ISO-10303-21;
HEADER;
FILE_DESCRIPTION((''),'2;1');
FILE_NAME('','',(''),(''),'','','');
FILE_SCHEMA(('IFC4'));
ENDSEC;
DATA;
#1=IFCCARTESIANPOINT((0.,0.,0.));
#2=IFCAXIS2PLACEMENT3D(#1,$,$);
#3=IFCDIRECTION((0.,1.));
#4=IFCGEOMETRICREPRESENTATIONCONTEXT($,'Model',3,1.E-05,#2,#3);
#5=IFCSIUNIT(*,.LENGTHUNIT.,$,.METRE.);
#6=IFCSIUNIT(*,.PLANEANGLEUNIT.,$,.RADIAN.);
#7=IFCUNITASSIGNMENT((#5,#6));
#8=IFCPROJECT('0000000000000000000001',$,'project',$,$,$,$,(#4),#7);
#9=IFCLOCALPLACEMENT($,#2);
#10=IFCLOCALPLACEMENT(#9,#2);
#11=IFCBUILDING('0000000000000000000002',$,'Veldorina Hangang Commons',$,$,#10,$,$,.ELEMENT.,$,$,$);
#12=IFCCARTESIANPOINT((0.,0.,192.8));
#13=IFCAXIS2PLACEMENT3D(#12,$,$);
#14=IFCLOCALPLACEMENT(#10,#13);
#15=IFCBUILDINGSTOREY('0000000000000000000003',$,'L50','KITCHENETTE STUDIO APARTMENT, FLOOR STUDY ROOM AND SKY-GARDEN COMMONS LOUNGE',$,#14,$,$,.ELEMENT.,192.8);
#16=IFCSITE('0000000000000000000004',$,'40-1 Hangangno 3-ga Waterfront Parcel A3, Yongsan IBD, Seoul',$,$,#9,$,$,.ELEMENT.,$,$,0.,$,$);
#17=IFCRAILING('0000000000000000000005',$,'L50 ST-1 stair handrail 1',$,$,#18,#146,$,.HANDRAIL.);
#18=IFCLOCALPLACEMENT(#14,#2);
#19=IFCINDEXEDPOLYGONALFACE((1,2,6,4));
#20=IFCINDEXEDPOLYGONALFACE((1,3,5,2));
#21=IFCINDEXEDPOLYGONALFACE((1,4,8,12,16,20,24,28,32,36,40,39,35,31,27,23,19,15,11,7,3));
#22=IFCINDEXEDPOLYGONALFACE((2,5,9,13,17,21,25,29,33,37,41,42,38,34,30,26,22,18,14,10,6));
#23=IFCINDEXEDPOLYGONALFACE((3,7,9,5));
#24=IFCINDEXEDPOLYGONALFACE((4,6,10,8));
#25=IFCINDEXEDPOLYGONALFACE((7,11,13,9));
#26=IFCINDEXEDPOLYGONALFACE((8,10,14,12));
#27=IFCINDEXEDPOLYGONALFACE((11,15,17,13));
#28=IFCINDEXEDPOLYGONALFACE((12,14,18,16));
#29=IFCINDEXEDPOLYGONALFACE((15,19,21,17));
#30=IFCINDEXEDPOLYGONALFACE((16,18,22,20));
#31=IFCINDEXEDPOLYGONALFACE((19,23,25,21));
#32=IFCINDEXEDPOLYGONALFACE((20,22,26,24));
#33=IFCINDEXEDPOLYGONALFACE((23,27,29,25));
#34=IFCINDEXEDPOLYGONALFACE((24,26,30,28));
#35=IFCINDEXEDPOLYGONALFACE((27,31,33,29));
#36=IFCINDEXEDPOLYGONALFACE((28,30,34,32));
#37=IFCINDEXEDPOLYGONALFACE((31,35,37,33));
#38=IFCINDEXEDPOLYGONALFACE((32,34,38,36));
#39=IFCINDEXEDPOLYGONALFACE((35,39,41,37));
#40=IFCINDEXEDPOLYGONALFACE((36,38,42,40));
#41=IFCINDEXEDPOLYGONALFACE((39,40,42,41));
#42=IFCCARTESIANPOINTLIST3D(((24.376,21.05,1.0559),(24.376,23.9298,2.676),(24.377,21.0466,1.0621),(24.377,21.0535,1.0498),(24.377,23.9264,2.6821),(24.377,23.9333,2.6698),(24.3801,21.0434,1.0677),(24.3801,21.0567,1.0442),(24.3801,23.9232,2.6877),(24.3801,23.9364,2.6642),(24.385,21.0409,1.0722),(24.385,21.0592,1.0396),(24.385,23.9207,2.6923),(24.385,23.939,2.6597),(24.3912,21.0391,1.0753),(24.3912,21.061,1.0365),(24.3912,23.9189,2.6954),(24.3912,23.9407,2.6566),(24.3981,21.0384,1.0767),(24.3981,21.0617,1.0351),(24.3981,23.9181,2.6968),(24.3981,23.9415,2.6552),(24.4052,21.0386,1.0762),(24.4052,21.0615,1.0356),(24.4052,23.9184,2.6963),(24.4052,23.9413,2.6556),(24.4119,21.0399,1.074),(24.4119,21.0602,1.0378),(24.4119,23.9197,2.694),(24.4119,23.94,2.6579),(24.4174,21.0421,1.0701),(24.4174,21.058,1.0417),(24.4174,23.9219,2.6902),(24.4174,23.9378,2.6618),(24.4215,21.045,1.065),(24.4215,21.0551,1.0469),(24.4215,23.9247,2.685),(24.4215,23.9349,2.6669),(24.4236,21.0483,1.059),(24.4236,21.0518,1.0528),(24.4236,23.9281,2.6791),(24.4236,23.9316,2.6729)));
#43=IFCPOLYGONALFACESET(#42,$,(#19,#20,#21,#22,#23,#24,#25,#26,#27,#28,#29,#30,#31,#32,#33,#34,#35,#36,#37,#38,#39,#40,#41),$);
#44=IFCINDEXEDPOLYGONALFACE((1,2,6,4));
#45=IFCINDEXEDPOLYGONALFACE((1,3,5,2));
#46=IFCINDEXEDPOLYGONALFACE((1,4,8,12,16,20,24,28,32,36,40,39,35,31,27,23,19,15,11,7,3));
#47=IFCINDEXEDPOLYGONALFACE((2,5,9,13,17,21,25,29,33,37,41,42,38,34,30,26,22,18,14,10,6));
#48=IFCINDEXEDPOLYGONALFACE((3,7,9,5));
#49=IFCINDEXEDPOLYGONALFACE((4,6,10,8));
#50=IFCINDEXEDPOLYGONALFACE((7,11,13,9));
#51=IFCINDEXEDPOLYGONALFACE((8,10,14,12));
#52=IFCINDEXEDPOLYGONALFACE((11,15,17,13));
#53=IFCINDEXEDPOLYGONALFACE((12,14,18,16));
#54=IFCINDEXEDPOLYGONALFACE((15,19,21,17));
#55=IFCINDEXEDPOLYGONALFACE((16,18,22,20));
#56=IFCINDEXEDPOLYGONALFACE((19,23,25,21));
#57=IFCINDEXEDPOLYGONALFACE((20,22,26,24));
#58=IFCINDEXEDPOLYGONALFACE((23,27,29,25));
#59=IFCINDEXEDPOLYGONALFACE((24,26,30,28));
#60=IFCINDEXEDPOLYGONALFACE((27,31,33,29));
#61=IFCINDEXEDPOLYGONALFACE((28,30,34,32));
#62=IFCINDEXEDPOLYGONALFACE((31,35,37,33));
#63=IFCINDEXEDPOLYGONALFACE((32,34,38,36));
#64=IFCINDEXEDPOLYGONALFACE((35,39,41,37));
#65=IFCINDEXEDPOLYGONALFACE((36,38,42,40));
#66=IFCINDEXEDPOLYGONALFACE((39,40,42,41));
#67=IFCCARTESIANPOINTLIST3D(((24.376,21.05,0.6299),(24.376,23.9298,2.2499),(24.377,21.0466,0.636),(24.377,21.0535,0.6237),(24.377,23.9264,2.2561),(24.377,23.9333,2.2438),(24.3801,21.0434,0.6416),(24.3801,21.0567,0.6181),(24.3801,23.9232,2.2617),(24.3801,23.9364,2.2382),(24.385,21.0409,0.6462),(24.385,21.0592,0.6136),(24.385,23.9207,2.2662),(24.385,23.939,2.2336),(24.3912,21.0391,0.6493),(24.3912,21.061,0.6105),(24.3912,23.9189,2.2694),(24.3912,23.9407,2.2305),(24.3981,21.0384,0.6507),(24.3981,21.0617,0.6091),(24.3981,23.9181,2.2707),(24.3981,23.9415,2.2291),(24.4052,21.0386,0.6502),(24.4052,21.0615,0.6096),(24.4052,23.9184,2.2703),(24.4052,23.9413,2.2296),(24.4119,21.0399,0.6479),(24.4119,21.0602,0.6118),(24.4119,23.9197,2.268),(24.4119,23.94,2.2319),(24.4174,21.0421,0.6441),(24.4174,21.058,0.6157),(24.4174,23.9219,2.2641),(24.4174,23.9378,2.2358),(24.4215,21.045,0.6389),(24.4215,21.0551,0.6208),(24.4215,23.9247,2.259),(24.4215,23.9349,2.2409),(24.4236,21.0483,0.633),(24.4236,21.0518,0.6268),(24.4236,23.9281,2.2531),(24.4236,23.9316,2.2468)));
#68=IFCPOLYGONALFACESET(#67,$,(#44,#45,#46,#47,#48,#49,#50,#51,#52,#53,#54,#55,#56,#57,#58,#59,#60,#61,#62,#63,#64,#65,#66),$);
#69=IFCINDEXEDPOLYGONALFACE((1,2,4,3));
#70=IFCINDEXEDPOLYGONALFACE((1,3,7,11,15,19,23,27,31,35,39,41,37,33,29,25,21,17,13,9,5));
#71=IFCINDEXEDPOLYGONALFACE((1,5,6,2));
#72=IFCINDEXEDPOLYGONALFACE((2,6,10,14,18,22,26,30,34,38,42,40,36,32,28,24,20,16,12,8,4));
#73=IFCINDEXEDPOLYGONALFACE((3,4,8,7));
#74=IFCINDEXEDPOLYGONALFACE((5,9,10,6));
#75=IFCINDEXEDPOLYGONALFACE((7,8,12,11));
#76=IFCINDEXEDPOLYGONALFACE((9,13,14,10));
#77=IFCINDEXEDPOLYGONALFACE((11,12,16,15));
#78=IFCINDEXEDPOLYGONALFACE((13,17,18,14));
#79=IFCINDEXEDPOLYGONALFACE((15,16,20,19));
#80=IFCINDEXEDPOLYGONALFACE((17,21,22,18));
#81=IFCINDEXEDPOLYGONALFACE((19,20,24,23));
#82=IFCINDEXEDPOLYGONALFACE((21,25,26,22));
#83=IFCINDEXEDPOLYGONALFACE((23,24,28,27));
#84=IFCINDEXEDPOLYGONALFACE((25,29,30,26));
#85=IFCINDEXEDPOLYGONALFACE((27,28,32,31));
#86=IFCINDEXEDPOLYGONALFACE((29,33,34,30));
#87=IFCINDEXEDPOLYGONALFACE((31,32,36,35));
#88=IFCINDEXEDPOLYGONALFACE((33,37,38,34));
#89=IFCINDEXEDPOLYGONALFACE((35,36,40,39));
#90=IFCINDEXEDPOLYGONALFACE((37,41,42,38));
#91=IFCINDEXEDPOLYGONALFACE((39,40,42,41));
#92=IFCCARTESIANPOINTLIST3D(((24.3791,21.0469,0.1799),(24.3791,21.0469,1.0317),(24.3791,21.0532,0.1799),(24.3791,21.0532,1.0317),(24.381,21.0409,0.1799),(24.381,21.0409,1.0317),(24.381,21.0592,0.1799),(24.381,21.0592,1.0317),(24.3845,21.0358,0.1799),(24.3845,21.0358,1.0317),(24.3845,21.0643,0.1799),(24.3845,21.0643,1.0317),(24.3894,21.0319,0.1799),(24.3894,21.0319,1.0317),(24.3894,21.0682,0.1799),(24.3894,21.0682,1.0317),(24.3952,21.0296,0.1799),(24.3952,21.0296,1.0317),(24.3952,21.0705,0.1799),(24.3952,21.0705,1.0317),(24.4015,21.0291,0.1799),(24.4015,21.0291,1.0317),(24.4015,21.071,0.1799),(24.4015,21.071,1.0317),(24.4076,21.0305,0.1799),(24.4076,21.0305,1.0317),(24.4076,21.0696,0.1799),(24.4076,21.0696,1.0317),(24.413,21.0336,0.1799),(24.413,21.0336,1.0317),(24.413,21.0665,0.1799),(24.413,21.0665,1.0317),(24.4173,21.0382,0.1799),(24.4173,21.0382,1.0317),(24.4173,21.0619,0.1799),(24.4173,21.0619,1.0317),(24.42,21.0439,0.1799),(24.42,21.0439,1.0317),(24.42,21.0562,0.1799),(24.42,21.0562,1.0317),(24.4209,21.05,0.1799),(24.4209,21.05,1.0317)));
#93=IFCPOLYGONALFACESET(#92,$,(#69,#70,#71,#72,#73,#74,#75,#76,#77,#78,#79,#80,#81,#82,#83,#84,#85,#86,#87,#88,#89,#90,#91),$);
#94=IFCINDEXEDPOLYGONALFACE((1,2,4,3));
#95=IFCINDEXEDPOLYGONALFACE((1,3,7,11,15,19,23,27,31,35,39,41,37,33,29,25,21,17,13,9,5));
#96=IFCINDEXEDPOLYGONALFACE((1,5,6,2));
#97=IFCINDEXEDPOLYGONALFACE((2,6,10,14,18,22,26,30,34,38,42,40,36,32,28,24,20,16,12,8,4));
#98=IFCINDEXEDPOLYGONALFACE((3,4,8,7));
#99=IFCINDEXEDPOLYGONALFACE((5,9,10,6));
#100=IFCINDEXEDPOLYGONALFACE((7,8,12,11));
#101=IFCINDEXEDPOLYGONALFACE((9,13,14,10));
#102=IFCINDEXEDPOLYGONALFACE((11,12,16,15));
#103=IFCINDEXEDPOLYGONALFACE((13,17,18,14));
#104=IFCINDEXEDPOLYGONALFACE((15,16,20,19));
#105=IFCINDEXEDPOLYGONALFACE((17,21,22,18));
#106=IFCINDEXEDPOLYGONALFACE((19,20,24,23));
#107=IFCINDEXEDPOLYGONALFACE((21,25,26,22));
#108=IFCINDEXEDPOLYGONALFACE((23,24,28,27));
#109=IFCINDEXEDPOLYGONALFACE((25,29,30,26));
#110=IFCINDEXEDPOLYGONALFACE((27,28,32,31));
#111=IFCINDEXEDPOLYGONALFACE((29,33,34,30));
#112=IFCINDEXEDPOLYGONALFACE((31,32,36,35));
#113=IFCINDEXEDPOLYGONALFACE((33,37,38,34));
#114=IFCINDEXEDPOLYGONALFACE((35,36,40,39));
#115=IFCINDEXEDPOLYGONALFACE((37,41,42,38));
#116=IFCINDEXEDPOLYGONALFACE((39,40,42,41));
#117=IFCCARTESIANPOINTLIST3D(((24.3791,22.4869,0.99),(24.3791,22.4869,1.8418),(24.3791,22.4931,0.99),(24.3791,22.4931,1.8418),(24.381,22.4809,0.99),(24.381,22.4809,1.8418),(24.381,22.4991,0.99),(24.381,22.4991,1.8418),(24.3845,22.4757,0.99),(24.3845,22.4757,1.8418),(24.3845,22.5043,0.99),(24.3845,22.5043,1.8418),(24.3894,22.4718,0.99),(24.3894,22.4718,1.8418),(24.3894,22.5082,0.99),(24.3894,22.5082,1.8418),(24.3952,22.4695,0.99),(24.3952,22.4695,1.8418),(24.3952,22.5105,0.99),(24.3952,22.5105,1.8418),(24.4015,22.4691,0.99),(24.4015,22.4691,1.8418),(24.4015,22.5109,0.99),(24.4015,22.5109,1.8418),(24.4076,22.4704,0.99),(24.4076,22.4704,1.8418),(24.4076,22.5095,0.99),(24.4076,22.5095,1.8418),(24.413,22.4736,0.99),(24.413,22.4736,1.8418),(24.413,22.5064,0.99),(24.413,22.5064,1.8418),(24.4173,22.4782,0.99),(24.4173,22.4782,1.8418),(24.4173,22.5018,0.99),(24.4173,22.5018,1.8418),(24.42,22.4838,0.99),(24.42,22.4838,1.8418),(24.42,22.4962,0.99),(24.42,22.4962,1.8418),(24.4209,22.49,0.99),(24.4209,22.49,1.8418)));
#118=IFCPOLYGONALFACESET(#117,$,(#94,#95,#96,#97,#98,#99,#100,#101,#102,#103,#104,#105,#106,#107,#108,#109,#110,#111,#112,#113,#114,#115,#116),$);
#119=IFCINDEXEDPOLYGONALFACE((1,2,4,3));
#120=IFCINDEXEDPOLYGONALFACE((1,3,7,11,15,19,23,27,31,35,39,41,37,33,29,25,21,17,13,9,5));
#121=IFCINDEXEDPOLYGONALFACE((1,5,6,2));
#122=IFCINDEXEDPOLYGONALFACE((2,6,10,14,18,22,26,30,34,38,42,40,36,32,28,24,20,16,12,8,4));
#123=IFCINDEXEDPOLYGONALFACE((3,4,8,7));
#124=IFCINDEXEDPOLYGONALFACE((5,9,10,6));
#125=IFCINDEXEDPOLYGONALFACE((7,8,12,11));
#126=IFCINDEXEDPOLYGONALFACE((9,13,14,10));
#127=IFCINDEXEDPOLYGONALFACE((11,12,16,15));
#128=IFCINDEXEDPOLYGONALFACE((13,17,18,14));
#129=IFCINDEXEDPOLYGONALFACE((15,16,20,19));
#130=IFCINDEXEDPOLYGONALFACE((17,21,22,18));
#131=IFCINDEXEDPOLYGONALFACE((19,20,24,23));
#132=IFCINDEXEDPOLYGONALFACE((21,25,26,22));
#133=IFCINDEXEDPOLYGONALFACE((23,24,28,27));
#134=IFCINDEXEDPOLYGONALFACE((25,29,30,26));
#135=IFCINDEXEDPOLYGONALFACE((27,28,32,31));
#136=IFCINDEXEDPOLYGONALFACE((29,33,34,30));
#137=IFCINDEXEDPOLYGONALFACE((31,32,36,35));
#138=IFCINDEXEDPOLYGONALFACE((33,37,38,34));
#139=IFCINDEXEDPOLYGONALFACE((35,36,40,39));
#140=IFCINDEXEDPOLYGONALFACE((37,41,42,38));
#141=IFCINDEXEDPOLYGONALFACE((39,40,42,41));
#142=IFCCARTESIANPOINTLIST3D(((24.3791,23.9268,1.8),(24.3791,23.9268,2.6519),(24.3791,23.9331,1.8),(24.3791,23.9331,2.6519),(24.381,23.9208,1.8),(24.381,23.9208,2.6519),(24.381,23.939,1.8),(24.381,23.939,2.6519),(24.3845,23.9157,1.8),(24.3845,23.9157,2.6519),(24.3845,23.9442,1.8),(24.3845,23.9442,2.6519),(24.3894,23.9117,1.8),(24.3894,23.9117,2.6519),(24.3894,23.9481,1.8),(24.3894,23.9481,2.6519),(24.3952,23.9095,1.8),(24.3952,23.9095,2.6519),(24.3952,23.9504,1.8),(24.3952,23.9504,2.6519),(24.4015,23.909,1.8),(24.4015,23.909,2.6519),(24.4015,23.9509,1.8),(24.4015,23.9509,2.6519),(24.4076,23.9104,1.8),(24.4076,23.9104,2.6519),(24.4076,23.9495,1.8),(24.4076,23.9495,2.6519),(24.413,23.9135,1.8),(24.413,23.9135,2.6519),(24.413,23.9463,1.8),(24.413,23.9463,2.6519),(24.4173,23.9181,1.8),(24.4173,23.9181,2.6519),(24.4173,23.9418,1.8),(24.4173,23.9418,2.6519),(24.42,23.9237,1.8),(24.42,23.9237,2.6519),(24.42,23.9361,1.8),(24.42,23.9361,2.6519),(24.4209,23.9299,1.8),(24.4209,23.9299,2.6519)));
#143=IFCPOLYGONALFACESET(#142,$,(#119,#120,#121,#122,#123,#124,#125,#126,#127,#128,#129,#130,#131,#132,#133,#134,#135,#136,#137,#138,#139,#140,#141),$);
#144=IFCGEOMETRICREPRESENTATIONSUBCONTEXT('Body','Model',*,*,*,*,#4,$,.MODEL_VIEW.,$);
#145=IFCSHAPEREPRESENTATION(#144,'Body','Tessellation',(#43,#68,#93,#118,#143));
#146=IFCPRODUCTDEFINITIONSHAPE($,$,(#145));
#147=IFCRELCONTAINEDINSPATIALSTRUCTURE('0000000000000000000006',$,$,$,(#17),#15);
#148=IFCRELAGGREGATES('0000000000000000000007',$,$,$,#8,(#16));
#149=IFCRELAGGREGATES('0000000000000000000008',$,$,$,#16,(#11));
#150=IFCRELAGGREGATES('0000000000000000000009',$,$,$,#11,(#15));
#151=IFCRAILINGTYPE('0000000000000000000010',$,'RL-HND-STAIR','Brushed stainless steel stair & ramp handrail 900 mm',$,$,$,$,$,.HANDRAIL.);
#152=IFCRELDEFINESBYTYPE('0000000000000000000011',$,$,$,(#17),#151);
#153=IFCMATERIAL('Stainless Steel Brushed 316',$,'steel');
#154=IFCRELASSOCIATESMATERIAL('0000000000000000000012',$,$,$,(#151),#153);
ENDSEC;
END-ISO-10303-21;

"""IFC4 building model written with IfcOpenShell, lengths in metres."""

from ifc_helpers import new_model, si_unit, direction, frame, origin, origin_2d, place, context, subcontext, project, spatial, circle, extrude, material, type_object, element, save


model = new_model("IFC4")

# Units and contexts
model_context = context("Model", 3, precision=1e-05, world=origin(), true_north=direction((0.0, 1.0)))
body_context = subcontext(model_context, "Body", "Model", "MODEL_VIEW")
ifc_project = project(units=[si_unit("LENGTHUNIT", "METRE"), si_unit("PLANEANGLEUNIT", "RADIAN")], contexts=[model_context])

# Site, building, storey
site_placement = place(None, origin())
site = spatial("IfcSite", under=ifc_project, at=site_placement, Name="40-1 Hangangno 3-ga Waterfront Parcel A3, Yongsan IBD, Seoul", CompositionType="ELEMENT", RefElevation=0.0)
building_placement = place(site_placement, origin())
building = spatial("IfcBuilding", under=site, at=building_placement, Name="Veldorina Hangang Commons", CompositionType="ELEMENT")
storey_placement = place(building_placement, frame((0.0, 0.0, 192.8)))
storey = spatial("IfcBuildingStorey", under=building, at=storey_placement, Name="L50", Description="KITCHENETTE STUDIO APARTMENT, FLOOR STUDY ROOM AND SKY-GARDEN COMMONS LOUNGE", CompositionType="ELEMENT", Elevation=192.8)

# Railing
ifc_material_1 = material(Name="Stainless Steel Brushed 316", Category="steel")
railing_type_1 = type_object("IfcRailingType", Name="RL-HND-STAIR", Description="Brushed stainless steel stair & ramp handrail 900 mm", PredefinedType="HANDRAIL", material=ifc_material_1)
railing_1_placement = place(storey_placement, frame((24.3999, 21.05, 0.1799)))
element("IfcRailing", 1, at=railing_1_placement, inside=storey, type_object=railing_type_1, Name="L50 ST-1 stair handrail 1", PredefinedType="HANDRAIL", context=body_context, shape_type="SweptSolid", body=[
    extrude(circle(Radius=0.0239, at=origin_2d()), frame((0.0, 0.0, 0.876), z_axis=(0.0, 0.871552, 0.490303), x_axis=(-1.0, 0.0, 0.0)), (0.0, 0.0, 1.0), 3.3042),
    extrude(circle(Radius=0.0239, at=origin_2d()), frame((0.0, 0.0, 0.45), z_axis=(0.0, 0.871552, 0.490303), x_axis=(-1.0, 0.0, 0.0)), (0.0, 0.0, 1.0), 3.3042),
    extrude(circle(Radius=0.021, at=origin_2d()), origin(), (0.0, 0.0, 1.0), 0.8518),
    extrude(circle(Radius=0.021, at=origin_2d()), frame((0.0, 1.4399, 0.8101)), (0.0, 0.0, 1.0), 0.8518),
    extrude(circle(Radius=0.021, at=origin_2d()), frame((0.0, 2.8799, 1.6201)), (0.0, 0.0, 1.0), 0.8518),
])

save(model, "model.ifc")
